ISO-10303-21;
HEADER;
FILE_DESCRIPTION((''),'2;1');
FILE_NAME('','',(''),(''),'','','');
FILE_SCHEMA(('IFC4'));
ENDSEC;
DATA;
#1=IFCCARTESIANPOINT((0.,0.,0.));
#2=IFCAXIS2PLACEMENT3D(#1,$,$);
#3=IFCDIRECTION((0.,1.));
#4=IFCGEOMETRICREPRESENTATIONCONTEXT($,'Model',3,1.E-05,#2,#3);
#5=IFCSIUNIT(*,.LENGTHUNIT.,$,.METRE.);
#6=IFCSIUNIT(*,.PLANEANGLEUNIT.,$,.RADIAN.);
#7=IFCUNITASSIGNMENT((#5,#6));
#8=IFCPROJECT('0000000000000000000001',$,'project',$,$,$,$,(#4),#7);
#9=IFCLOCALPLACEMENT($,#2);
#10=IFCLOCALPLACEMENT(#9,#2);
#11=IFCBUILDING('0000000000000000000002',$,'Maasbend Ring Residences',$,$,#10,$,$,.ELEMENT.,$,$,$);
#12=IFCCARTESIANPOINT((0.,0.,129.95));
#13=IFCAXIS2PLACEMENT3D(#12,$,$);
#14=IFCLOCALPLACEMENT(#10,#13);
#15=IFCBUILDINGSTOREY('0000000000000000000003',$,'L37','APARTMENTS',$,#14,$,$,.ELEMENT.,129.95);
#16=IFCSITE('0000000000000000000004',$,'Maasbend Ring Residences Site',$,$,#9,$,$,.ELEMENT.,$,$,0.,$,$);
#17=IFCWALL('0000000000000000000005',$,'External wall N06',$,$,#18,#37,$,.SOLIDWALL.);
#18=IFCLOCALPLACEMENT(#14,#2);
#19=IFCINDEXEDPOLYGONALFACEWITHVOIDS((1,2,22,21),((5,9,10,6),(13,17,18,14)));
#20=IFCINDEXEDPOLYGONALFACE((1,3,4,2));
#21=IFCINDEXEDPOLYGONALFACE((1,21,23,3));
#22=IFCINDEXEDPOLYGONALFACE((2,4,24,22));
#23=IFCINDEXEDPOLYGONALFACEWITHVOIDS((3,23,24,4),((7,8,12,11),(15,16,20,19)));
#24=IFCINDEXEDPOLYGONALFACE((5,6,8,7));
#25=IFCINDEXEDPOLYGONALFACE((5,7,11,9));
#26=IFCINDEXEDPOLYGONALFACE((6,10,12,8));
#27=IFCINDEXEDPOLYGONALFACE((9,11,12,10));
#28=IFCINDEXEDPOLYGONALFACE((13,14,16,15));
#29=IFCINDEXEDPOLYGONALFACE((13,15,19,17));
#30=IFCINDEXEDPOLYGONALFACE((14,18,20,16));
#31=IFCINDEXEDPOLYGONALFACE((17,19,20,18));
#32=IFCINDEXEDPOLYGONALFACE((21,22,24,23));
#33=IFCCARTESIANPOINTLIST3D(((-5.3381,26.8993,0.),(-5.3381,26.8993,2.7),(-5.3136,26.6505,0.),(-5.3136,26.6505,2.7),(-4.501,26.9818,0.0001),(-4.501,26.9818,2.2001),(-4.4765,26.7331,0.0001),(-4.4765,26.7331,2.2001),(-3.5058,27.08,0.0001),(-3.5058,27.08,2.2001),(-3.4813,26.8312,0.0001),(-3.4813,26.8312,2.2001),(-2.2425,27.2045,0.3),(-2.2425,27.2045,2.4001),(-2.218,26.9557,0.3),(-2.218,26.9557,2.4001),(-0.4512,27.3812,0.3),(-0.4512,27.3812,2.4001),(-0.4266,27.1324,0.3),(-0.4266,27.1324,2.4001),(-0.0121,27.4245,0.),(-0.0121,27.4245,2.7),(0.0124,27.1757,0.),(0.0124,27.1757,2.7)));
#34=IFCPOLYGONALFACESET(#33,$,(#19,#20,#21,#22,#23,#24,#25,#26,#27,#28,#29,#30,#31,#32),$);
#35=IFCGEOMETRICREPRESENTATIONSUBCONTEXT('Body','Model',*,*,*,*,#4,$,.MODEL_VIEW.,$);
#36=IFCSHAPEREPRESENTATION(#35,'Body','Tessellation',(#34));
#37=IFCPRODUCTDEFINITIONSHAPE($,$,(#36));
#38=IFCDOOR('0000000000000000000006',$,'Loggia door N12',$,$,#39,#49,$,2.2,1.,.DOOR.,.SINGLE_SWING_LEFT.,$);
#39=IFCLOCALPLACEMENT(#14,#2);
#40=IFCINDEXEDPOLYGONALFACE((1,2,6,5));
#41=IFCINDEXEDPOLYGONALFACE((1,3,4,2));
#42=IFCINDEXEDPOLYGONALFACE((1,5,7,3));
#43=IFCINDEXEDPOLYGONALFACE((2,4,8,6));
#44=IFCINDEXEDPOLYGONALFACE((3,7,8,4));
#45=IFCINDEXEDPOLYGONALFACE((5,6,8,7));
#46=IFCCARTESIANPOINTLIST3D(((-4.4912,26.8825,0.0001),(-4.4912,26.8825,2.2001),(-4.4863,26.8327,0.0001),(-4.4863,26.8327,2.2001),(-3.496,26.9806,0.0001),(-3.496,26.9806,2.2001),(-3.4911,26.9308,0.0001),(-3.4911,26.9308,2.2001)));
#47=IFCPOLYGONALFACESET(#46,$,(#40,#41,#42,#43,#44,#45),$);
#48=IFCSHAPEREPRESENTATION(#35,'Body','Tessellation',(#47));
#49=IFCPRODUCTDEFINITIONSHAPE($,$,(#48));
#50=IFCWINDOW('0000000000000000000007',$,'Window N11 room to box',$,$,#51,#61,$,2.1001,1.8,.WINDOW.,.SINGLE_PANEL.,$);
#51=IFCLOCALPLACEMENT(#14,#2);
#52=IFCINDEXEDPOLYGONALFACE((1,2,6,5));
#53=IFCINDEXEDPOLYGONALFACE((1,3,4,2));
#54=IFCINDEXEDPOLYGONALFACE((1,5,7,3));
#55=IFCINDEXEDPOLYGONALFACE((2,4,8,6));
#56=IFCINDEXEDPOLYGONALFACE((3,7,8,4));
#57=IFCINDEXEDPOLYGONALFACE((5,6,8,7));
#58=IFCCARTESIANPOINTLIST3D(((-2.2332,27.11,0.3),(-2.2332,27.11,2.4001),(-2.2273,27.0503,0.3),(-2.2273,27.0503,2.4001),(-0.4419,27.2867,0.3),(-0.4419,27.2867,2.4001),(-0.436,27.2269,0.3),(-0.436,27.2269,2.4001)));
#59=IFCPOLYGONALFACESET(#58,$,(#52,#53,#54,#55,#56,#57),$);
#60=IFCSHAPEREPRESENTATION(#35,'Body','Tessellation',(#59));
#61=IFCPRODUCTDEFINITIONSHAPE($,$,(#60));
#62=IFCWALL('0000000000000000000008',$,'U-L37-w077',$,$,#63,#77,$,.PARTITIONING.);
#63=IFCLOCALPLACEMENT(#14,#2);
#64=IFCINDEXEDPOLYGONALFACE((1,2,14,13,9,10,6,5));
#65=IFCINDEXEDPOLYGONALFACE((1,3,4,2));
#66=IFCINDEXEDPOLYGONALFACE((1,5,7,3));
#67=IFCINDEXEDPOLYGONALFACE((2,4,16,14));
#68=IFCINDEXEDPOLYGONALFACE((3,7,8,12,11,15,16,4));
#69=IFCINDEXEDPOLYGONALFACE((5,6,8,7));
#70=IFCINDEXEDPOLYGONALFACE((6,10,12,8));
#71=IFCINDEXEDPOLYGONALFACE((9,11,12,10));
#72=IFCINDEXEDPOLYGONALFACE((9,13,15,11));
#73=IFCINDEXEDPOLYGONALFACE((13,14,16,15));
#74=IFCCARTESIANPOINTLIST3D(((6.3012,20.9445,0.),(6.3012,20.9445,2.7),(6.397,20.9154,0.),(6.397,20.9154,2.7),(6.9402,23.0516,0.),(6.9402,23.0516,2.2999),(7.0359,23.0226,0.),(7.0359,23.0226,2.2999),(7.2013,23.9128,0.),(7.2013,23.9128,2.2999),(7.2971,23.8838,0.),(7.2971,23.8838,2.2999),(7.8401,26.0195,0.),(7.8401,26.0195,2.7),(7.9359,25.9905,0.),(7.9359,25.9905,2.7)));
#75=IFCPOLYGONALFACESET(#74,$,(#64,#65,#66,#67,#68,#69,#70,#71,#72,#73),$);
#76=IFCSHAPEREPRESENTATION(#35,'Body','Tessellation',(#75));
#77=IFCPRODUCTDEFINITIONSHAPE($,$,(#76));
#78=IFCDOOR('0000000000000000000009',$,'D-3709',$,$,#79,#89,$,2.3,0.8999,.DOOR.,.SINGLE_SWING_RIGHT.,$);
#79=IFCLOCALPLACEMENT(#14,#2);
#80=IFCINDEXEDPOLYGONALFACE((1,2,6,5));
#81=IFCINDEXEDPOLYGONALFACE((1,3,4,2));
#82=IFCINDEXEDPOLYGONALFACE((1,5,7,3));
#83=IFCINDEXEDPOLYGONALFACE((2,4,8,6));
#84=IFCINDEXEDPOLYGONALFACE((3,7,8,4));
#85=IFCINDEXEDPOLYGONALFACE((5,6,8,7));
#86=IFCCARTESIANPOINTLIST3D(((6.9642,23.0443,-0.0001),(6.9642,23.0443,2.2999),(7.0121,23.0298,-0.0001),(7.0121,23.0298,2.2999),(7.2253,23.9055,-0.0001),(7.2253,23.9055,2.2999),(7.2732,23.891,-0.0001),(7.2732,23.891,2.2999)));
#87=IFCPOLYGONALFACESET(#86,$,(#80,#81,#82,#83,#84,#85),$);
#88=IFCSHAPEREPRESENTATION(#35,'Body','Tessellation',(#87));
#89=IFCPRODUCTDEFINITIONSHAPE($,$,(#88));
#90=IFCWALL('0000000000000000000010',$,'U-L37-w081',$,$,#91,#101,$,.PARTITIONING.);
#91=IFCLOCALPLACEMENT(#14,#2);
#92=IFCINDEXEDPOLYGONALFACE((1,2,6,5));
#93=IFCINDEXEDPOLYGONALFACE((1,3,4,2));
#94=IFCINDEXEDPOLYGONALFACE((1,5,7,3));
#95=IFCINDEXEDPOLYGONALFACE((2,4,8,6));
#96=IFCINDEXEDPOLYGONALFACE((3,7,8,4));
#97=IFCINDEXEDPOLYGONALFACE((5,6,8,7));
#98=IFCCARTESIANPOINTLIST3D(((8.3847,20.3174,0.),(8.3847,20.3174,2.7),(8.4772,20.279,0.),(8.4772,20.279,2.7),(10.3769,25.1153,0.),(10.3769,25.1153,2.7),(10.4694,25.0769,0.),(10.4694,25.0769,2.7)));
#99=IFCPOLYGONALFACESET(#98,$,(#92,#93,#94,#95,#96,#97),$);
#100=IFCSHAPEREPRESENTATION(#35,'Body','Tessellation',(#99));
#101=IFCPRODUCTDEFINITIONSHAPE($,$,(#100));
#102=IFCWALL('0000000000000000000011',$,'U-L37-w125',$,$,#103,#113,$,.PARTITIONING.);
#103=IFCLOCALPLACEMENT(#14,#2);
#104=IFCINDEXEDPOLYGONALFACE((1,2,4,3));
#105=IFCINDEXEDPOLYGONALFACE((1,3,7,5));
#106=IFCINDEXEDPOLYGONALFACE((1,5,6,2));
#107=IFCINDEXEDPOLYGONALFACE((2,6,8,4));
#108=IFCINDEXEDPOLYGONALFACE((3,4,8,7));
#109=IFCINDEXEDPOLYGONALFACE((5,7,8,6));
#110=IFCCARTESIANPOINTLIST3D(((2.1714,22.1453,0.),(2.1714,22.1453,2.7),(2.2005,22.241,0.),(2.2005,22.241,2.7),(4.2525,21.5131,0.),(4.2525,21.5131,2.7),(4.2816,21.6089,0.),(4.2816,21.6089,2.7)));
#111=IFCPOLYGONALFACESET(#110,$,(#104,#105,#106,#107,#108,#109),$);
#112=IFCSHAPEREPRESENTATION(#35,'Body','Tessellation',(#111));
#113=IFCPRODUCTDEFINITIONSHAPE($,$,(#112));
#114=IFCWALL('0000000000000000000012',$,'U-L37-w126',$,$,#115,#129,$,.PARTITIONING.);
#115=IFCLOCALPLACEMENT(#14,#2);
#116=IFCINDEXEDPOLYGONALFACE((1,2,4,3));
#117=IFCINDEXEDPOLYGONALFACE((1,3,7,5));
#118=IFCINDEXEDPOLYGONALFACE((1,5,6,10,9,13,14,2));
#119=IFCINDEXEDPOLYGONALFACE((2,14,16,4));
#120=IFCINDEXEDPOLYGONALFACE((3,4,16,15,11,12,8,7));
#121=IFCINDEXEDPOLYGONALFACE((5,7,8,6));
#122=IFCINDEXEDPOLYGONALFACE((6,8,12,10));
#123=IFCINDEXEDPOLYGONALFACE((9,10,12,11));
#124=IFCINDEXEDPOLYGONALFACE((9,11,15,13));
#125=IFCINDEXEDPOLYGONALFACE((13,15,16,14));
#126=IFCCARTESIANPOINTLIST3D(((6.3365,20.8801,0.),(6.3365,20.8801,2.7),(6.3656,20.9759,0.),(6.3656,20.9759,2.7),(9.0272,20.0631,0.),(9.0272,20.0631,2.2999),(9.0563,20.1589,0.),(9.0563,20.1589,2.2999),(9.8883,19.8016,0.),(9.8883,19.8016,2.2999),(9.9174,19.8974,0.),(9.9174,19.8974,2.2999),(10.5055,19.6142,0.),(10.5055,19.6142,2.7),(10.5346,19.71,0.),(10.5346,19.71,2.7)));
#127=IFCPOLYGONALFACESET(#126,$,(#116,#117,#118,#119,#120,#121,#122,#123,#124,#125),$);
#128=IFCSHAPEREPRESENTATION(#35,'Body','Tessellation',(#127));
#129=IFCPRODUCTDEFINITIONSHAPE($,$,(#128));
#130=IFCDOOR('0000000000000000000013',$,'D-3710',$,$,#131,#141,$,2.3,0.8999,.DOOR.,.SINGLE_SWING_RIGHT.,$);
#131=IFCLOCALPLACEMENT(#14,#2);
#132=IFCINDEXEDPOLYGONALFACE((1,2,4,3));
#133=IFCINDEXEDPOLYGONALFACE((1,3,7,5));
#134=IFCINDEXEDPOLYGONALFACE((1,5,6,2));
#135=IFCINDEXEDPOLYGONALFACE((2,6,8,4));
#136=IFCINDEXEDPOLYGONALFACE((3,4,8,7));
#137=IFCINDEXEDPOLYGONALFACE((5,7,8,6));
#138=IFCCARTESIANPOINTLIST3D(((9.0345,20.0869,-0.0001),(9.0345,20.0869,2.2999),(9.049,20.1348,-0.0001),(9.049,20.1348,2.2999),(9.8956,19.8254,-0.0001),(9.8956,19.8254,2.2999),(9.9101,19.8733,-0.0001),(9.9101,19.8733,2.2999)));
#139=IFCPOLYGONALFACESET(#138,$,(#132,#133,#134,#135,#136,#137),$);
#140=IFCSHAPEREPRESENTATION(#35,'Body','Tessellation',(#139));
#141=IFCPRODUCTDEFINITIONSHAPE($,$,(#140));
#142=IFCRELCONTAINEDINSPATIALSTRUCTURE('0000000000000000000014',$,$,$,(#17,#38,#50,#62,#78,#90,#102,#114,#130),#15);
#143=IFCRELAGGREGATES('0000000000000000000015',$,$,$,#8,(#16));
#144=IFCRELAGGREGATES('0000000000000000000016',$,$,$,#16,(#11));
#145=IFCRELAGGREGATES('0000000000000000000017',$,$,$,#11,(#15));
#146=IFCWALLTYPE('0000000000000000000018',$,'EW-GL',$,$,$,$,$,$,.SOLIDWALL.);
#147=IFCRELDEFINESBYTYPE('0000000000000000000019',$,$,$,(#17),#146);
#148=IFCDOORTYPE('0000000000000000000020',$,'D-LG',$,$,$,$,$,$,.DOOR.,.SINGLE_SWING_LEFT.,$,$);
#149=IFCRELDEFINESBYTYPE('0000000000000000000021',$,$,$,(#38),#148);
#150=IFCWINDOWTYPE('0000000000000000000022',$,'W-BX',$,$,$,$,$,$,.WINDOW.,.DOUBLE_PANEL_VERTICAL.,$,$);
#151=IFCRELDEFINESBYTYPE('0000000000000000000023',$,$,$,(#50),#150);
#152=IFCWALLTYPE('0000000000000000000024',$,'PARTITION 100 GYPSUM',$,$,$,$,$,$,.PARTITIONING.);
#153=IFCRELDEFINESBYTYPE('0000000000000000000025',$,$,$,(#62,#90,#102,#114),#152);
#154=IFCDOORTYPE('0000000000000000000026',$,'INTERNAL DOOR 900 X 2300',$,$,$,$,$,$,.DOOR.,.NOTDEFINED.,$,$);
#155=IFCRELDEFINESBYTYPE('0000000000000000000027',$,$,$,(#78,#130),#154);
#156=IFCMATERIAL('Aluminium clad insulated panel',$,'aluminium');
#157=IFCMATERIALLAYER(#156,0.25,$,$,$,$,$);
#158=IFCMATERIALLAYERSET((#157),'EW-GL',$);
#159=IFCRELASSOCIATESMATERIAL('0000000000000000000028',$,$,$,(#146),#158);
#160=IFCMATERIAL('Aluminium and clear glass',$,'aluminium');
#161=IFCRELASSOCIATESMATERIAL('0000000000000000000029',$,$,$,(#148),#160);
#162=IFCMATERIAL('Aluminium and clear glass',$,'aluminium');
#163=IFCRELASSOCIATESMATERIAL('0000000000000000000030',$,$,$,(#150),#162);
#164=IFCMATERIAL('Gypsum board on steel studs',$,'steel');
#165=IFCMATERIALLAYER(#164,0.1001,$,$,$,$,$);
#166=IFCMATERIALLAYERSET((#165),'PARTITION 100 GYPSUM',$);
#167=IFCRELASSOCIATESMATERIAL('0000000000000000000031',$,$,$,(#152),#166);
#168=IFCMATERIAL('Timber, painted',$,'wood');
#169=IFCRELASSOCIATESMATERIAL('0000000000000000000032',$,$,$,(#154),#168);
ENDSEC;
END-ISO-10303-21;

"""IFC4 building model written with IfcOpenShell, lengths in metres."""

from ifc_helpers import new_model, si_unit, direction, frame, frame_2d, origin, place, context, subcontext, project, spatial, rectangle, extrude, material, layer, layer_set, type_object, element, fill, save


model = new_model("IFC4")

# Units and contexts
model_context = context("Model", 3, precision=1e-05, world=origin(), true_north=direction((0.0, 1.0)))
body_context = subcontext(model_context, "Body", "Model", "MODEL_VIEW")
ifc_project = project(units=[si_unit("LENGTHUNIT", "METRE"), si_unit("PLANEANGLEUNIT", "RADIAN")], contexts=[model_context])

# Site, building, storey
site_placement = place(None, origin())
site = spatial("IfcSite", under=ifc_project, at=site_placement, Name="Maasbend Ring Residences Site", CompositionType="ELEMENT", RefElevation=0.0)
building_placement = place(site_placement, origin())
building = spatial("IfcBuilding", under=site, at=building_placement, Name="Maasbend Ring Residences", CompositionType="ELEMENT")
storey_placement = place(building_placement, frame((0.0, 0.0, 129.95)))
storey = spatial("IfcBuildingStorey", under=building, at=storey_placement, Name="L37", Description="APARTMENTS", CompositionType="ELEMENT", Elevation=129.95)

# Wall, openings, door, window
ifc_material_1 = material(Name="Aluminium clad insulated panel", Category="aluminium")
ifc_layer_1 = layer(ifc_material_1, 0.25)
ifc_layer_set_1 = layer_set([ifc_layer_1], Name="EW-GL")
wall_type_1 = type_object("IfcWallType", Name="EW-GL", PredefinedType="SOLIDWALL", material=ifc_layer_set_1)
ifc_material_2 = material(Name="Aluminium and clear glass", Category="aluminium")
door_type_1 = type_object("IfcDoorType", Name="D-LG", OperationType="SINGLE_SWING_LEFT", PredefinedType="DOOR", material=ifc_material_2)
ifc_material_3 = material(Name="Aluminium and clear glass", Category="aluminium")
window_type_1 = type_object("IfcWindowType", Name="W-BX", PartitioningType="DOUBLE_PANEL_VERTICAL", PredefinedType="WINDOW", material=ifc_material_3)
wall_1_placement = place(storey_placement, frame((0.0, 27.3, 0.0), z_axis=(0.0, 0.0, 1.0), x_axis=(-0.995174, -0.098126, 0.0)))
wall_1 = element("IfcWall", 1, at=wall_1_placement, inside=storey, type_object=wall_type_1, Name="External wall N06", PredefinedType="SOLIDWALL", context=body_context, shape_type="SweptSolid", body=[
    extrude(rectangle(XDim=5.3518, YDim=0.25, at=frame_2d((2.6758, 0.0))), origin(), (0.0, 0.0, 1.0), 2.7),
])
opening_1_placement = place(wall_1_placement, frame((0.4412, 0.0, 0.3)))
opening_1 = element("IfcOpeningElement", 2, at=opening_1_placement, cuts=wall_1, PredefinedType="OPENING", context=body_context, shape_type="SweptSolid", body=[
    extrude(rectangle(XDim=1.8, YDim=2.1001, at=frame_2d((0.8999, 1.05))), frame((0.0, 0.135, 0.0), z_axis=(0.0, -1.0, 0.0), x_axis=(1.0, 0.0, 0.0)), (0.0, 0.0, 1.0), 0.27),
])
opening_2_placement = place(wall_1_placement, frame((3.5105, 0.0, 0.0)))
opening_2 = element("IfcOpeningElement", 3, at=opening_2_placement, cuts=wall_1, PredefinedType="OPENING", context=body_context, shape_type="SweptSolid", body=[
    extrude(rectangle(XDim=1.0, YDim=2.2, at=frame_2d((0.5, 1.1001))), frame((0.0, 0.135, 0.0), z_axis=(0.0, -1.0, 0.0), x_axis=(1.0, 0.0, 0.0)), (0.0, 0.0, 1.0), 0.27),
])
door_1_placement = place(opening_2_placement, origin())
door_1 = element("IfcDoor", 4, at=door_1_placement, inside=storey, type_object=door_type_1, Name="Loggia door N12", OperationType="SINGLE_SWING_LEFT", OverallHeight=2.2, OverallWidth=1.0, PredefinedType="DOOR", context=body_context, shape_type="SweptSolid", body=[
    extrude(rectangle(XDim=1.0, YDim=2.2, at=frame_2d((0.5, 1.1001))), frame((0.0, 0.0249, 0.0), z_axis=(0.0, -1.0, 0.0), x_axis=(1.0, 0.0, 0.0)), (0.0, 0.0, 1.0), 0.05),
])
fill(opening_2, door_1)
window_1_placement = place(opening_1_placement, origin())
window_1 = element("IfcWindow", 5, at=window_1_placement, inside=storey, type_object=window_type_1, Name="Window N11 room to box", OverallHeight=2.1001, OverallWidth=1.8, PartitioningType="SINGLE_PANEL", PredefinedType="WINDOW", context=body_context, shape_type="SweptSolid", body=[
    extrude(rectangle(XDim=1.8, YDim=2.1001, at=frame_2d((0.8999, 1.05))), frame((0.0, 0.03, 0.0), z_axis=(0.0, -1.0, 0.0), x_axis=(1.0, 0.0, 0.0)), (0.0, 0.0, 1.0), 0.0601),
])
fill(opening_1, window_1)

# Wall, opening, door
ifc_material_4 = material(Name="Gypsum board on steel studs", Category="steel")
ifc_layer_2 = layer(ifc_material_4, 0.1001)
ifc_layer_set_2 = layer_set([ifc_layer_2], Name="PARTITION 100 GYPSUM")
wall_type_2 = type_object("IfcWallType", Name="PARTITION 100 GYPSUM", PredefinedType="PARTITIONING", material=ifc_layer_set_2)
wall_2_placement = place(storey_placement, frame((6.3491, 20.9299, 0.0), z_axis=(0.0, 0.0, 1.0), x_axis=(0.290172, 0.956974, 0.0)))
wall_2 = element("IfcWall", 6, at=wall_2_placement, inside=storey, type_object=wall_type_2, Name="U-L37-w077", PredefinedType="PARTITIONING", context=body_context, shape_type="SweptSolid", body=[
    extrude(rectangle(XDim=5.3032, YDim=0.1001, at=frame_2d((2.6516, 0.0))), origin(), (0.0, 0.0, 1.0), 2.7),
])
opening_3_placement = place(wall_2_placement, frame((2.2019, 0.0, 0.0)))
opening_3 = element("IfcOpeningElement", 7, at=opening_3_placement, cuts=wall_2, PredefinedType="OPENING", context=body_context, shape_type="SweptSolid", body=[
    extrude(rectangle(XDim=0.8999, YDim=2.3, at=frame_2d((0.45, 1.1499))), frame((0.0, 0.0601, 0.0), z_axis=(0.0, -1.0, 0.0), x_axis=(1.0, 0.0, 0.0)), (0.0, 0.0, 1.0), 0.1201),
])
ifc_material_5 = material(Name="Timber, painted", Category="wood")
door_type_2 = type_object("IfcDoorType", Name="INTERNAL DOOR 900 X 2300", OperationType="NOTDEFINED", PredefinedType="DOOR", material=ifc_material_5)
door_2_placement = place(opening_3_placement, origin())
door_2 = element("IfcDoor", 8, at=door_2_placement, inside=storey, type_object=door_type_2, Name="D-3709", OperationType="SINGLE_SWING_RIGHT", OverallHeight=2.3, OverallWidth=0.8999, PredefinedType="DOOR", context=body_context, shape_type="SweptSolid", body=[
    extrude(rectangle(XDim=0.8999, YDim=2.3, at=frame_2d((0.45, 1.1499))), frame((0.0, 0.0249, 0.0), z_axis=(0.0, -1.0, 0.0), x_axis=(1.0, 0.0, 0.0)), (0.0, 0.0, 1.0), 0.05),
])
fill(opening_3, door_2)

# Walls
wall_3_placement = place(storey_placement, frame((8.4309, 20.2981, 0.0), z_axis=(0.0, 0.0, 1.0), x_axis=(0.383481, 0.923549, 0.0)))
element("IfcWall", 9, at=wall_3_placement, inside=storey, type_object=wall_type_2, Name="U-L37-w081", PredefinedType="PARTITIONING", context=body_context, shape_type="SweptSolid", body=[
    extrude(rectangle(XDim=5.1951, YDim=0.1001, at=frame_2d((2.5977, 0.0))), origin(), (0.0, 0.0, 1.0), 2.7),
])
wall_4_placement = place(storey_placement, frame((2.186, 22.1931, 0.0), z_axis=(0.0, 0.0, 1.0), x_axis=(0.956838, -0.290621, 0.0)))
element("IfcWall", 10, at=wall_4_placement, inside=storey, type_object=wall_type_2, Name="U-L37-w125", PredefinedType="PARTITIONING", context=body_context, shape_type="SweptSolid", body=[
    extrude(rectangle(XDim=2.175, YDim=0.1001, at=frame_2d((1.0874, 0.0))), origin(), (0.0, 0.0, 1.0), 2.7),
])

# Wall, opening, door
wall_5_placement = place(storey_placement, frame((6.3511, 20.928, 0.0), z_axis=(0.0, 0.0, 1.0), x_axis=(0.956862, -0.290544, 0.0)))
wall_5 = element("IfcWall", 11, at=wall_5_placement, inside=storey, type_object=wall_type_2, Name="U-L37-w126", PredefinedType="PARTITIONING", context=body_context, shape_type="SweptSolid", body=[
    extrude(rectangle(XDim=4.3569, YDim=0.1001, at=frame_2d((2.1785, 0.0))), origin(), (0.0, 0.0, 1.0), 2.7),
])
opening_4_placement = place(wall_5_placement, frame((2.812, 0.0, 0.0)))
opening_4 = element("IfcOpeningElement", 12, at=opening_4_placement, cuts=wall_5, PredefinedType="OPENING", context=body_context, shape_type="SweptSolid", body=[
    extrude(rectangle(XDim=0.8999, YDim=2.3, at=frame_2d((0.45, 1.1499))), frame((0.0, 0.0601, 0.0), z_axis=(0.0, -1.0, 0.0), x_axis=(1.0, 0.0, 0.0)), (0.0, 0.0, 1.0), 0.1201),
])
door_3_placement = place(opening_4_placement, origin())
door_3 = element("IfcDoor", 13, at=door_3_placement, inside=storey, type_object=door_type_2, Name="D-3710", OperationType="SINGLE_SWING_RIGHT", OverallHeight=2.3, OverallWidth=0.8999, PredefinedType="DOOR", context=body_context, shape_type="SweptSolid", body=[
    extrude(rectangle(XDim=0.8999, YDim=2.3, at=frame_2d((0.45, 1.1499))), frame((0.0, 0.0249, 0.0), z_axis=(0.0, -1.0, 0.0), x_axis=(1.0, 0.0, 0.0)), (0.0, 0.0, 1.0), 0.05),
])
fill(opening_4, door_3)

save(model, "model.ifc")
